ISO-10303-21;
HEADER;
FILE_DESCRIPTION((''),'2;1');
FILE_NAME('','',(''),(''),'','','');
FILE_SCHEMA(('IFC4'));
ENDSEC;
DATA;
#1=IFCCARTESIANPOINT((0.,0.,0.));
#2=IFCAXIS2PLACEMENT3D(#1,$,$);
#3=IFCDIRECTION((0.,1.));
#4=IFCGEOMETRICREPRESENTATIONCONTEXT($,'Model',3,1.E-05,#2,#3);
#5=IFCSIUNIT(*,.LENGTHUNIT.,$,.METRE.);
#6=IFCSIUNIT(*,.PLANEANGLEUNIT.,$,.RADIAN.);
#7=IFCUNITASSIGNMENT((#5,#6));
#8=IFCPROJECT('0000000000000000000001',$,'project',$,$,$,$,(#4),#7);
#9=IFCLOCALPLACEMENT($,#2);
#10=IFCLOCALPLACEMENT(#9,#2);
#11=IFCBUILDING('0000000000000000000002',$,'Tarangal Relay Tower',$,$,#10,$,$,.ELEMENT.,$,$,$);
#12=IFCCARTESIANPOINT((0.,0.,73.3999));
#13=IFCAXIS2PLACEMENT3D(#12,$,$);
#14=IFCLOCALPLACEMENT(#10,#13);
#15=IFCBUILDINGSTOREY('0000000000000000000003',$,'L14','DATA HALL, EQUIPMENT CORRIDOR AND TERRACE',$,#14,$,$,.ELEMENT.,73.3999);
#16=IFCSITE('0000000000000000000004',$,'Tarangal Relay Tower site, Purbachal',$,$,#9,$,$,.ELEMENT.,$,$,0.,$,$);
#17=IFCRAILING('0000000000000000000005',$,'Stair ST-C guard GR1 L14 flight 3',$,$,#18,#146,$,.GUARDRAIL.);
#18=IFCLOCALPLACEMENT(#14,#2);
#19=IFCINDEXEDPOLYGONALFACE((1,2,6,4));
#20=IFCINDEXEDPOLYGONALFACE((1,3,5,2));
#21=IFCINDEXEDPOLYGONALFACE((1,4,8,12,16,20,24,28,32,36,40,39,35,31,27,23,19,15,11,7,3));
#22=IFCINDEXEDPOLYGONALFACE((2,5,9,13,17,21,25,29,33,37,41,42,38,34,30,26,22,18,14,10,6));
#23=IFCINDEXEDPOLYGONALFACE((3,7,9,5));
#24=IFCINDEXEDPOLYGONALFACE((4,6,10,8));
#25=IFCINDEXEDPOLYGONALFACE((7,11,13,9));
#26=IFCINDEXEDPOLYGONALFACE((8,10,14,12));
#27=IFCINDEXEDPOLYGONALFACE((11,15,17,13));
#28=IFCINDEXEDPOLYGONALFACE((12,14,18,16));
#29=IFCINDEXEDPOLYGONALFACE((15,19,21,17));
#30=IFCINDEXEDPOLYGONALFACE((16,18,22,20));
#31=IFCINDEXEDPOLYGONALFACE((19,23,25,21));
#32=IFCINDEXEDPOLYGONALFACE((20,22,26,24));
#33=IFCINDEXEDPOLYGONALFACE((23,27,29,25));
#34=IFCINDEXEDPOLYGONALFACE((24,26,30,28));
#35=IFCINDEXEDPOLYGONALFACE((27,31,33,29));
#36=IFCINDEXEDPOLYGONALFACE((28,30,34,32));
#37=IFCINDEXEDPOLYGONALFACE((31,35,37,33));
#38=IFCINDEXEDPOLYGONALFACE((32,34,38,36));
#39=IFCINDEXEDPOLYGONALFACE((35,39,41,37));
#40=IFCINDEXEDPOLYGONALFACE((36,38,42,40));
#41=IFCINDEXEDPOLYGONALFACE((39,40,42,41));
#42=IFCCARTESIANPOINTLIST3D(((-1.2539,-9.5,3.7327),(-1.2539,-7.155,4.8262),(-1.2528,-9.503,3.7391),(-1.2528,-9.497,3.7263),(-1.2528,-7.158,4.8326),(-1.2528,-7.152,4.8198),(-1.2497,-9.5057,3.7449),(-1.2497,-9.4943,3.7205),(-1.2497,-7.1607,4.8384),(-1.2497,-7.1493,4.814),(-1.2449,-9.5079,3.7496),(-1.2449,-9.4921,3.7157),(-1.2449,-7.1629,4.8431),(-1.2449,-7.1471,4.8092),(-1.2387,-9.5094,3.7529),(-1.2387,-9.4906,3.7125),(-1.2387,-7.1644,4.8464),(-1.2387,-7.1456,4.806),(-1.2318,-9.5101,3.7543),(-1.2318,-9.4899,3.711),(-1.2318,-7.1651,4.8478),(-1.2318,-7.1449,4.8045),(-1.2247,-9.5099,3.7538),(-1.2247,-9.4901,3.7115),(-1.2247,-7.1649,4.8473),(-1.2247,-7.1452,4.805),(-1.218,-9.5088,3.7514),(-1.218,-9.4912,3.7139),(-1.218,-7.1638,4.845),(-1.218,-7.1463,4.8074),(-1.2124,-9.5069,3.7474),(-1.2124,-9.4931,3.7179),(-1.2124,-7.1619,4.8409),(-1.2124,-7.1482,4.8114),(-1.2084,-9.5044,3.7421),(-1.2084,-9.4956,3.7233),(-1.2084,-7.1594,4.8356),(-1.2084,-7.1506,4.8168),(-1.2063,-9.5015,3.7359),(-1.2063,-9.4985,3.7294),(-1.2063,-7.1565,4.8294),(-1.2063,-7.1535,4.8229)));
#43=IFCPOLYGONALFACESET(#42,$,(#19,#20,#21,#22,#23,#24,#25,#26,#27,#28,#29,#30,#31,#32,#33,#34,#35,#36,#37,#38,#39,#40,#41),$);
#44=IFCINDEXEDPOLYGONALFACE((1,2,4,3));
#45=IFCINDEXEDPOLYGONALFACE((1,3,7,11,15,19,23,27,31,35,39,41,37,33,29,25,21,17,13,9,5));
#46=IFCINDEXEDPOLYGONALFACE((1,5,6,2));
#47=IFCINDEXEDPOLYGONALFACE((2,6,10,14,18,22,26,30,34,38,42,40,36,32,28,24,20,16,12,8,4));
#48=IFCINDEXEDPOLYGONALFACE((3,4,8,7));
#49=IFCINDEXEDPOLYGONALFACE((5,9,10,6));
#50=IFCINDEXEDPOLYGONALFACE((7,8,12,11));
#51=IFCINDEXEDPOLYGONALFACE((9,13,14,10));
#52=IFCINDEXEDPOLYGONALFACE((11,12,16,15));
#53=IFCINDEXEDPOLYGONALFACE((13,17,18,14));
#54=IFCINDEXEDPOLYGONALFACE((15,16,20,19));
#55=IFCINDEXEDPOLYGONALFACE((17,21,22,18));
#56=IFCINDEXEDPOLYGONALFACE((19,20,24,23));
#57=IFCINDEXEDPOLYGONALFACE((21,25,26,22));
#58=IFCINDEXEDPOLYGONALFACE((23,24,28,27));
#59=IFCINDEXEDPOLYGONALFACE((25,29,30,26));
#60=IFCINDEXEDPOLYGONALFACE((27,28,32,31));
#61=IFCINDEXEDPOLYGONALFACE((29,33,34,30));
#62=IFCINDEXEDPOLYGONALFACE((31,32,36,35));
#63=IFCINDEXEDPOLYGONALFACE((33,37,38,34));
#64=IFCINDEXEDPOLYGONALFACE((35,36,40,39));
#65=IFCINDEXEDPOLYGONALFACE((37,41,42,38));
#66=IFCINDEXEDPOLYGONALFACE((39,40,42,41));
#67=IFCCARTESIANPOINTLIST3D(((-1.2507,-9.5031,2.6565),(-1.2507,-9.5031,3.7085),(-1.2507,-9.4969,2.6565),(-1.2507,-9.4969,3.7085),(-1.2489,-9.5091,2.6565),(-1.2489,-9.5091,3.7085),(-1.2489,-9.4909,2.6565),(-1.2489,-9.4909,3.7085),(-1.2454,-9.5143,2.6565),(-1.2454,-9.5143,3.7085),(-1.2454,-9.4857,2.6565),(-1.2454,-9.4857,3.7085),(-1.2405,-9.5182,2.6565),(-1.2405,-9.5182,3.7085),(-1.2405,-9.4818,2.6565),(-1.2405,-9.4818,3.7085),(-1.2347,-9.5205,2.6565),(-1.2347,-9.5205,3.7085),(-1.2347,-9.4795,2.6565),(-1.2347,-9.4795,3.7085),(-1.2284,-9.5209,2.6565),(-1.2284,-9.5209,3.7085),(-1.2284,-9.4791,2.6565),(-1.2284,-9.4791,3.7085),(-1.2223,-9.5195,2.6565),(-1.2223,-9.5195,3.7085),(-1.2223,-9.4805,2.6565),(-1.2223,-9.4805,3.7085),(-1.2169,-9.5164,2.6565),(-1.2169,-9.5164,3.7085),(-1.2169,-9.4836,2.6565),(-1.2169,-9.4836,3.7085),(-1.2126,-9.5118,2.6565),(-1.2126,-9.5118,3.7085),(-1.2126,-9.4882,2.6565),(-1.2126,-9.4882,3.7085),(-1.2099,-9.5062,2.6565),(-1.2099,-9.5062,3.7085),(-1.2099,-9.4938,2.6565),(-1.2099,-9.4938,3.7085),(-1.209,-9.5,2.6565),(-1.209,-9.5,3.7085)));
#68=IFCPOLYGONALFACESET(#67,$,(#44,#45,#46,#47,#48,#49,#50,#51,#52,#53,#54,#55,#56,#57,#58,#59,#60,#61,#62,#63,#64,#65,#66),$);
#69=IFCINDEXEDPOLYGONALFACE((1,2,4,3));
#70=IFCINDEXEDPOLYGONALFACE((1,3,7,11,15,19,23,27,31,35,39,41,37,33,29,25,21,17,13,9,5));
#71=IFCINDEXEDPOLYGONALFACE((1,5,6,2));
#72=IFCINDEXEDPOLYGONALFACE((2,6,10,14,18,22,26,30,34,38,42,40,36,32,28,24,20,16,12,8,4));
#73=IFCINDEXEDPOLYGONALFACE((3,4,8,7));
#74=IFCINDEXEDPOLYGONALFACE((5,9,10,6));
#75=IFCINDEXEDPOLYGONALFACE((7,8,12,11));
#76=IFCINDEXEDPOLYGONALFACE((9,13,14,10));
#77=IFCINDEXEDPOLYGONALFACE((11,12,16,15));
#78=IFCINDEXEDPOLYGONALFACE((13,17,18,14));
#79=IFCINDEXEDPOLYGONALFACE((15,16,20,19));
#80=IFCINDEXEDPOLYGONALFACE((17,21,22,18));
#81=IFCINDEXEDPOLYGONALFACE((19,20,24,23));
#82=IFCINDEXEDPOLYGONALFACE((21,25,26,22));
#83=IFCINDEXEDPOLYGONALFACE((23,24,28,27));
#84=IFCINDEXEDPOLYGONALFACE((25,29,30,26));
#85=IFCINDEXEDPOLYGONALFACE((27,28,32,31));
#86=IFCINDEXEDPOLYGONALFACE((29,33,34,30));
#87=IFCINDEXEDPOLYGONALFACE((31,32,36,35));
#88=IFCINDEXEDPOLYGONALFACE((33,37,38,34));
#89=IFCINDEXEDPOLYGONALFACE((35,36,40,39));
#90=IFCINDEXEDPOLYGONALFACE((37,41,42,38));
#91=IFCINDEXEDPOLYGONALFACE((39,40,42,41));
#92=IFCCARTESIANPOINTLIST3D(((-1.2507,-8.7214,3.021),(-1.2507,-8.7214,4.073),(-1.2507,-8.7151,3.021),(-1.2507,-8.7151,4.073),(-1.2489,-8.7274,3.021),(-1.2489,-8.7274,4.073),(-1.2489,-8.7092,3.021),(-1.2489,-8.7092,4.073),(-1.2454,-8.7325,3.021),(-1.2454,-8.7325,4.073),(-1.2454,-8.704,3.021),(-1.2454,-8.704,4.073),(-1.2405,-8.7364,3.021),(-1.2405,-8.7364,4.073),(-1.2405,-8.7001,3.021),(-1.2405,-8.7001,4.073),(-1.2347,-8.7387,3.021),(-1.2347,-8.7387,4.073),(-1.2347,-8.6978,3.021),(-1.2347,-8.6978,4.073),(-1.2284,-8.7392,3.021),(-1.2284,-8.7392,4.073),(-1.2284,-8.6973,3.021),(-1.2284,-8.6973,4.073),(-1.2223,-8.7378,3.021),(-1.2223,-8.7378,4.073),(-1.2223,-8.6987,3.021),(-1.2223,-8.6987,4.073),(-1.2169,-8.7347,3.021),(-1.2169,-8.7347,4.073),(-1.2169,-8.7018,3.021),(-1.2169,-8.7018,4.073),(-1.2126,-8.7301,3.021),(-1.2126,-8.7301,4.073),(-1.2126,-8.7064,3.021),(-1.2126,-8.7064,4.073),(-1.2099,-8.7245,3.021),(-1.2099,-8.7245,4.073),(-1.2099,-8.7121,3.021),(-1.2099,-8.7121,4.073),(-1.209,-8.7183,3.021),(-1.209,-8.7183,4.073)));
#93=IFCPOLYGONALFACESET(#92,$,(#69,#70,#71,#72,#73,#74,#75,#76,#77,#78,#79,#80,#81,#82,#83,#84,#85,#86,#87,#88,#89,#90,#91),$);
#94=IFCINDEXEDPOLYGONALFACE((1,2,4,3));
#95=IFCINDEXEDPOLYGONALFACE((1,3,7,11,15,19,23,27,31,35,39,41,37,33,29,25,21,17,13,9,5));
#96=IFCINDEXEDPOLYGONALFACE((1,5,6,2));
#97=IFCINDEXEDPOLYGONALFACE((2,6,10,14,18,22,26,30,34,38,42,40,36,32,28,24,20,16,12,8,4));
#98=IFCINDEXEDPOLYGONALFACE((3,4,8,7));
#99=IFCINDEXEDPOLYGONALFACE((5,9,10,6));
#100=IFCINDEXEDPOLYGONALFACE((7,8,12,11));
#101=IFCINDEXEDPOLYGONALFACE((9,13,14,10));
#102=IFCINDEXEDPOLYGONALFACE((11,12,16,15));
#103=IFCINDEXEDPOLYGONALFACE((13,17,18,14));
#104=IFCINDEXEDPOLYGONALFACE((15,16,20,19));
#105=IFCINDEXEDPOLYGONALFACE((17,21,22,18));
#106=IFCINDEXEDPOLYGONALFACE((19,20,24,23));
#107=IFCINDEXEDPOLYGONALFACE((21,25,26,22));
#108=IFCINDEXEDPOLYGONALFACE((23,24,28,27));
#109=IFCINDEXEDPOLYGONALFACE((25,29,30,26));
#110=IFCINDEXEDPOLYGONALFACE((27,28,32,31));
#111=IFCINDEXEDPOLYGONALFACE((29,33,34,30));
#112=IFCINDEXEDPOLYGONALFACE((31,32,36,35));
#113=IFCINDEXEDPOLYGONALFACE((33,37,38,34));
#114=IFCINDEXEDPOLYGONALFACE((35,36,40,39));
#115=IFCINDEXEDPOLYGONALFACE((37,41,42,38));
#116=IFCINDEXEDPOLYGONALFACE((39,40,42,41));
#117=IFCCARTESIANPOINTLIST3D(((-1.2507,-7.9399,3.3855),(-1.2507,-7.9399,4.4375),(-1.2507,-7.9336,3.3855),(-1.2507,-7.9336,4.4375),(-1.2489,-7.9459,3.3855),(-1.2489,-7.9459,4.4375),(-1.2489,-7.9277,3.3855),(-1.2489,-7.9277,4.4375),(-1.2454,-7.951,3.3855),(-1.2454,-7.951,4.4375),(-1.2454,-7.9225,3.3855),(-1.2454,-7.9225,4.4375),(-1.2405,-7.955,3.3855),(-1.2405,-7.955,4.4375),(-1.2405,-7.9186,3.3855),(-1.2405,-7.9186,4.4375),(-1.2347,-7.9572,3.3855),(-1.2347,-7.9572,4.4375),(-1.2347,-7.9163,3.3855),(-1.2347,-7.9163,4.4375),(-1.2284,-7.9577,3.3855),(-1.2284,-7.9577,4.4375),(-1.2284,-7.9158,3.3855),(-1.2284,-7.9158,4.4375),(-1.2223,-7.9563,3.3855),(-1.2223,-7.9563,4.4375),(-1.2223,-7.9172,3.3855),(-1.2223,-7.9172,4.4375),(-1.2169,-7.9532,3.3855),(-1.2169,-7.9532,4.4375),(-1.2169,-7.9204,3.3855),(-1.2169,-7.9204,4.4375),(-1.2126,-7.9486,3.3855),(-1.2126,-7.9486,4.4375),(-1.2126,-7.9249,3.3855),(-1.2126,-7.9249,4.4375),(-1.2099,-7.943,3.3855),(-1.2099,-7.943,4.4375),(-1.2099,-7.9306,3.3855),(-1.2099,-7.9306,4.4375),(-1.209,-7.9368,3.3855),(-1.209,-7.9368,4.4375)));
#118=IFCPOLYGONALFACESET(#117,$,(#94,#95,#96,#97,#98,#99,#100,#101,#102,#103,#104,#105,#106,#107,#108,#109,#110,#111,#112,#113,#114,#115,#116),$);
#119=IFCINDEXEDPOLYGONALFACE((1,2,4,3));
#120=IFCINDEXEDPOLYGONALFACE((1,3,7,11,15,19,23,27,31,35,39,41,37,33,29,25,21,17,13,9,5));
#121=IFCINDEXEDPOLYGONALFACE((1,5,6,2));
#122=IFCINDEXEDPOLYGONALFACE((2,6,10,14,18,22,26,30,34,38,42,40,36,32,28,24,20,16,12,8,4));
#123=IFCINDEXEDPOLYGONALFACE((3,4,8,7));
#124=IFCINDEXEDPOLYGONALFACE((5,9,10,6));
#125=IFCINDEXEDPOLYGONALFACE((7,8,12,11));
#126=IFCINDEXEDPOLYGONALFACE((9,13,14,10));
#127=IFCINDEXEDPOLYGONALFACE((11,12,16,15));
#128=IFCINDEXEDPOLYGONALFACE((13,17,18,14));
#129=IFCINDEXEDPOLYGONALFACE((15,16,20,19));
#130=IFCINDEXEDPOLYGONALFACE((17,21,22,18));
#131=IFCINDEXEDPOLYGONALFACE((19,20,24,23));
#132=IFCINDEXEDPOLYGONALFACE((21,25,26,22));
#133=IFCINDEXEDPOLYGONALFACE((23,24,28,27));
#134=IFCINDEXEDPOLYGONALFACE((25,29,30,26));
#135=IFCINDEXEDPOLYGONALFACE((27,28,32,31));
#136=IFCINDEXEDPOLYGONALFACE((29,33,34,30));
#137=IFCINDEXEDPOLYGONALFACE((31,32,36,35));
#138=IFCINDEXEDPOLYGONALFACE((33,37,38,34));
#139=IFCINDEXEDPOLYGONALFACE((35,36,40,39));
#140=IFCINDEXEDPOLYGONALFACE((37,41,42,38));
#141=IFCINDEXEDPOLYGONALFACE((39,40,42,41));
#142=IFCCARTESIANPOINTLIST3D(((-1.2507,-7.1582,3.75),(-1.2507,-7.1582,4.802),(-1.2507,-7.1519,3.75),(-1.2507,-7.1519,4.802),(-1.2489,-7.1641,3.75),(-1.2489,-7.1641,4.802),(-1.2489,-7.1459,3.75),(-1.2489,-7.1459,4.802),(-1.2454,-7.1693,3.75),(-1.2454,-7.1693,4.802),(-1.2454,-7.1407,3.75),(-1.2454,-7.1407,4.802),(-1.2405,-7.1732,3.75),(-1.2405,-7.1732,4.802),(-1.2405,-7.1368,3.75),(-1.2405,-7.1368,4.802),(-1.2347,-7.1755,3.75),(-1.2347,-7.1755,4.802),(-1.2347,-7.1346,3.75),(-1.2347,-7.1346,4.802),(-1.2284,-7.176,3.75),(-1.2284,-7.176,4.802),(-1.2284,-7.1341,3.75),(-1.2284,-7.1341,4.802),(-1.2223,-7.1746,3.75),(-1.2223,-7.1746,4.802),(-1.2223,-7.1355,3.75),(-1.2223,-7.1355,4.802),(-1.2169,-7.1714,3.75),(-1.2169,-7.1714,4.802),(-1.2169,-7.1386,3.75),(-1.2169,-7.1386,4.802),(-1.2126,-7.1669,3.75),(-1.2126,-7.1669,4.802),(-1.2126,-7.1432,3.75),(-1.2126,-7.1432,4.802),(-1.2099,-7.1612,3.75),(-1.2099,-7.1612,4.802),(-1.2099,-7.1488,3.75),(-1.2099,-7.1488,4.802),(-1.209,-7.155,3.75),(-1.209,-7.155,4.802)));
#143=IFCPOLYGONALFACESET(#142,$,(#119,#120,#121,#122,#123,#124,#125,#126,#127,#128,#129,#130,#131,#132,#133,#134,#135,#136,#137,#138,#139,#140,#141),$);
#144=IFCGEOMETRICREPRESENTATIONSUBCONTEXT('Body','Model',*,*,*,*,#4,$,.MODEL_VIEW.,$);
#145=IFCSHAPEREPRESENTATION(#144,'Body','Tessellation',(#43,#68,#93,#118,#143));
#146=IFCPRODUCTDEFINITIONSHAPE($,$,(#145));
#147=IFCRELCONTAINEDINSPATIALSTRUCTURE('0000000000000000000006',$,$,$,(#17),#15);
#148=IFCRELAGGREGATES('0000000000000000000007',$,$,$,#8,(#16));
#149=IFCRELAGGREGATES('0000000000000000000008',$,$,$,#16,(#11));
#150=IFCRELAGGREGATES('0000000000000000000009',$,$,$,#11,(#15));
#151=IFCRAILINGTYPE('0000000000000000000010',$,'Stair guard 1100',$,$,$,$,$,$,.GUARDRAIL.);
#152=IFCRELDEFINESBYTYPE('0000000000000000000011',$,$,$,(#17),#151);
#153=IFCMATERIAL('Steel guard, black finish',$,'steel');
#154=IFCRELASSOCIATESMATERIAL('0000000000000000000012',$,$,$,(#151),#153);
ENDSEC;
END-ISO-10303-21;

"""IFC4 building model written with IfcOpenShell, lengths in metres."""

from ifc_helpers import new_model, si_unit, direction, frame, origin, origin_2d, place, context, subcontext, project, spatial, circle, extrude, material, type_object, element, save


model = new_model("IFC4")

# Units and contexts
model_context = context("Model", 3, precision=1e-05, world=origin(), true_north=direction((0.0, 1.0)))
body_context = subcontext(model_context, "Body", "Model", "MODEL_VIEW")
ifc_project = project(units=[si_unit("LENGTHUNIT", "METRE"), si_unit("PLANEANGLEUNIT", "RADIAN")], contexts=[model_context])

# Site, building, storey
site_placement = place(None, origin())
site = spatial("IfcSite", under=ifc_project, at=site_placement, Name="Tarangal Relay Tower site, Purbachal", CompositionType="ELEMENT", RefElevation=0.0)
building_placement = place(site_placement, origin())
building = spatial("IfcBuilding", under=site, at=building_placement, Name="Tarangal Relay Tower", CompositionType="ELEMENT")
storey_placement = place(building_placement, frame((0.0, 0.0, 73.3999)))
storey = spatial("IfcBuildingStorey", under=building, at=storey_placement, Name="L14", Description="DATA HALL, EQUIPMENT CORRIDOR AND TERRACE", CompositionType="ELEMENT", Elevation=73.3999)

# Railing
ifc_material_1 = material(Name="Steel guard, black finish", Category="steel")
railing_type_1 = type_object("IfcRailingType", Name="Stair guard 1100", PredefinedType="GUARDRAIL", material=ifc_material_1)
for number, where, name in (
    (1, (-1.23, -9.5, 2.6565), "Stair ST-C guard GR1 L14 flight 3"),
):
    element("IfcRailing", number, at=place(storey_placement, frame(where)), inside=storey, type_object=railing_type_1, Name=name, PredefinedType="GUARDRAIL", context=body_context, shape_type="SweptSolid", body=[
        extrude(circle(Radius=0.0239, at=origin_2d()), frame((0.0, 0.0, 1.0762), z_axis=(0.0, 0.906304, 0.422627), x_axis=(-1.0, 0.0, 0.0)), (0.0, 0.0, 1.0), 2.5874),
        extrude(circle(Radius=0.021, at=origin_2d()), origin(), (0.0, 0.0, 1.0), 1.052),
        extrude(circle(Radius=0.021, at=origin_2d()), frame((0.0, 0.7817, 0.3645)), (0.0, 0.0, 1.0), 1.052),
        extrude(circle(Radius=0.021, at=origin_2d()), frame((0.0, 1.5632, 0.729)), (0.0, 0.0, 1.0), 1.052),
        extrude(circle(Radius=0.021, at=origin_2d()), frame((0.0, 2.345, 1.0935)), (0.0, 0.0, 1.0), 1.052),
    ])

save(model, "model.ifc")
